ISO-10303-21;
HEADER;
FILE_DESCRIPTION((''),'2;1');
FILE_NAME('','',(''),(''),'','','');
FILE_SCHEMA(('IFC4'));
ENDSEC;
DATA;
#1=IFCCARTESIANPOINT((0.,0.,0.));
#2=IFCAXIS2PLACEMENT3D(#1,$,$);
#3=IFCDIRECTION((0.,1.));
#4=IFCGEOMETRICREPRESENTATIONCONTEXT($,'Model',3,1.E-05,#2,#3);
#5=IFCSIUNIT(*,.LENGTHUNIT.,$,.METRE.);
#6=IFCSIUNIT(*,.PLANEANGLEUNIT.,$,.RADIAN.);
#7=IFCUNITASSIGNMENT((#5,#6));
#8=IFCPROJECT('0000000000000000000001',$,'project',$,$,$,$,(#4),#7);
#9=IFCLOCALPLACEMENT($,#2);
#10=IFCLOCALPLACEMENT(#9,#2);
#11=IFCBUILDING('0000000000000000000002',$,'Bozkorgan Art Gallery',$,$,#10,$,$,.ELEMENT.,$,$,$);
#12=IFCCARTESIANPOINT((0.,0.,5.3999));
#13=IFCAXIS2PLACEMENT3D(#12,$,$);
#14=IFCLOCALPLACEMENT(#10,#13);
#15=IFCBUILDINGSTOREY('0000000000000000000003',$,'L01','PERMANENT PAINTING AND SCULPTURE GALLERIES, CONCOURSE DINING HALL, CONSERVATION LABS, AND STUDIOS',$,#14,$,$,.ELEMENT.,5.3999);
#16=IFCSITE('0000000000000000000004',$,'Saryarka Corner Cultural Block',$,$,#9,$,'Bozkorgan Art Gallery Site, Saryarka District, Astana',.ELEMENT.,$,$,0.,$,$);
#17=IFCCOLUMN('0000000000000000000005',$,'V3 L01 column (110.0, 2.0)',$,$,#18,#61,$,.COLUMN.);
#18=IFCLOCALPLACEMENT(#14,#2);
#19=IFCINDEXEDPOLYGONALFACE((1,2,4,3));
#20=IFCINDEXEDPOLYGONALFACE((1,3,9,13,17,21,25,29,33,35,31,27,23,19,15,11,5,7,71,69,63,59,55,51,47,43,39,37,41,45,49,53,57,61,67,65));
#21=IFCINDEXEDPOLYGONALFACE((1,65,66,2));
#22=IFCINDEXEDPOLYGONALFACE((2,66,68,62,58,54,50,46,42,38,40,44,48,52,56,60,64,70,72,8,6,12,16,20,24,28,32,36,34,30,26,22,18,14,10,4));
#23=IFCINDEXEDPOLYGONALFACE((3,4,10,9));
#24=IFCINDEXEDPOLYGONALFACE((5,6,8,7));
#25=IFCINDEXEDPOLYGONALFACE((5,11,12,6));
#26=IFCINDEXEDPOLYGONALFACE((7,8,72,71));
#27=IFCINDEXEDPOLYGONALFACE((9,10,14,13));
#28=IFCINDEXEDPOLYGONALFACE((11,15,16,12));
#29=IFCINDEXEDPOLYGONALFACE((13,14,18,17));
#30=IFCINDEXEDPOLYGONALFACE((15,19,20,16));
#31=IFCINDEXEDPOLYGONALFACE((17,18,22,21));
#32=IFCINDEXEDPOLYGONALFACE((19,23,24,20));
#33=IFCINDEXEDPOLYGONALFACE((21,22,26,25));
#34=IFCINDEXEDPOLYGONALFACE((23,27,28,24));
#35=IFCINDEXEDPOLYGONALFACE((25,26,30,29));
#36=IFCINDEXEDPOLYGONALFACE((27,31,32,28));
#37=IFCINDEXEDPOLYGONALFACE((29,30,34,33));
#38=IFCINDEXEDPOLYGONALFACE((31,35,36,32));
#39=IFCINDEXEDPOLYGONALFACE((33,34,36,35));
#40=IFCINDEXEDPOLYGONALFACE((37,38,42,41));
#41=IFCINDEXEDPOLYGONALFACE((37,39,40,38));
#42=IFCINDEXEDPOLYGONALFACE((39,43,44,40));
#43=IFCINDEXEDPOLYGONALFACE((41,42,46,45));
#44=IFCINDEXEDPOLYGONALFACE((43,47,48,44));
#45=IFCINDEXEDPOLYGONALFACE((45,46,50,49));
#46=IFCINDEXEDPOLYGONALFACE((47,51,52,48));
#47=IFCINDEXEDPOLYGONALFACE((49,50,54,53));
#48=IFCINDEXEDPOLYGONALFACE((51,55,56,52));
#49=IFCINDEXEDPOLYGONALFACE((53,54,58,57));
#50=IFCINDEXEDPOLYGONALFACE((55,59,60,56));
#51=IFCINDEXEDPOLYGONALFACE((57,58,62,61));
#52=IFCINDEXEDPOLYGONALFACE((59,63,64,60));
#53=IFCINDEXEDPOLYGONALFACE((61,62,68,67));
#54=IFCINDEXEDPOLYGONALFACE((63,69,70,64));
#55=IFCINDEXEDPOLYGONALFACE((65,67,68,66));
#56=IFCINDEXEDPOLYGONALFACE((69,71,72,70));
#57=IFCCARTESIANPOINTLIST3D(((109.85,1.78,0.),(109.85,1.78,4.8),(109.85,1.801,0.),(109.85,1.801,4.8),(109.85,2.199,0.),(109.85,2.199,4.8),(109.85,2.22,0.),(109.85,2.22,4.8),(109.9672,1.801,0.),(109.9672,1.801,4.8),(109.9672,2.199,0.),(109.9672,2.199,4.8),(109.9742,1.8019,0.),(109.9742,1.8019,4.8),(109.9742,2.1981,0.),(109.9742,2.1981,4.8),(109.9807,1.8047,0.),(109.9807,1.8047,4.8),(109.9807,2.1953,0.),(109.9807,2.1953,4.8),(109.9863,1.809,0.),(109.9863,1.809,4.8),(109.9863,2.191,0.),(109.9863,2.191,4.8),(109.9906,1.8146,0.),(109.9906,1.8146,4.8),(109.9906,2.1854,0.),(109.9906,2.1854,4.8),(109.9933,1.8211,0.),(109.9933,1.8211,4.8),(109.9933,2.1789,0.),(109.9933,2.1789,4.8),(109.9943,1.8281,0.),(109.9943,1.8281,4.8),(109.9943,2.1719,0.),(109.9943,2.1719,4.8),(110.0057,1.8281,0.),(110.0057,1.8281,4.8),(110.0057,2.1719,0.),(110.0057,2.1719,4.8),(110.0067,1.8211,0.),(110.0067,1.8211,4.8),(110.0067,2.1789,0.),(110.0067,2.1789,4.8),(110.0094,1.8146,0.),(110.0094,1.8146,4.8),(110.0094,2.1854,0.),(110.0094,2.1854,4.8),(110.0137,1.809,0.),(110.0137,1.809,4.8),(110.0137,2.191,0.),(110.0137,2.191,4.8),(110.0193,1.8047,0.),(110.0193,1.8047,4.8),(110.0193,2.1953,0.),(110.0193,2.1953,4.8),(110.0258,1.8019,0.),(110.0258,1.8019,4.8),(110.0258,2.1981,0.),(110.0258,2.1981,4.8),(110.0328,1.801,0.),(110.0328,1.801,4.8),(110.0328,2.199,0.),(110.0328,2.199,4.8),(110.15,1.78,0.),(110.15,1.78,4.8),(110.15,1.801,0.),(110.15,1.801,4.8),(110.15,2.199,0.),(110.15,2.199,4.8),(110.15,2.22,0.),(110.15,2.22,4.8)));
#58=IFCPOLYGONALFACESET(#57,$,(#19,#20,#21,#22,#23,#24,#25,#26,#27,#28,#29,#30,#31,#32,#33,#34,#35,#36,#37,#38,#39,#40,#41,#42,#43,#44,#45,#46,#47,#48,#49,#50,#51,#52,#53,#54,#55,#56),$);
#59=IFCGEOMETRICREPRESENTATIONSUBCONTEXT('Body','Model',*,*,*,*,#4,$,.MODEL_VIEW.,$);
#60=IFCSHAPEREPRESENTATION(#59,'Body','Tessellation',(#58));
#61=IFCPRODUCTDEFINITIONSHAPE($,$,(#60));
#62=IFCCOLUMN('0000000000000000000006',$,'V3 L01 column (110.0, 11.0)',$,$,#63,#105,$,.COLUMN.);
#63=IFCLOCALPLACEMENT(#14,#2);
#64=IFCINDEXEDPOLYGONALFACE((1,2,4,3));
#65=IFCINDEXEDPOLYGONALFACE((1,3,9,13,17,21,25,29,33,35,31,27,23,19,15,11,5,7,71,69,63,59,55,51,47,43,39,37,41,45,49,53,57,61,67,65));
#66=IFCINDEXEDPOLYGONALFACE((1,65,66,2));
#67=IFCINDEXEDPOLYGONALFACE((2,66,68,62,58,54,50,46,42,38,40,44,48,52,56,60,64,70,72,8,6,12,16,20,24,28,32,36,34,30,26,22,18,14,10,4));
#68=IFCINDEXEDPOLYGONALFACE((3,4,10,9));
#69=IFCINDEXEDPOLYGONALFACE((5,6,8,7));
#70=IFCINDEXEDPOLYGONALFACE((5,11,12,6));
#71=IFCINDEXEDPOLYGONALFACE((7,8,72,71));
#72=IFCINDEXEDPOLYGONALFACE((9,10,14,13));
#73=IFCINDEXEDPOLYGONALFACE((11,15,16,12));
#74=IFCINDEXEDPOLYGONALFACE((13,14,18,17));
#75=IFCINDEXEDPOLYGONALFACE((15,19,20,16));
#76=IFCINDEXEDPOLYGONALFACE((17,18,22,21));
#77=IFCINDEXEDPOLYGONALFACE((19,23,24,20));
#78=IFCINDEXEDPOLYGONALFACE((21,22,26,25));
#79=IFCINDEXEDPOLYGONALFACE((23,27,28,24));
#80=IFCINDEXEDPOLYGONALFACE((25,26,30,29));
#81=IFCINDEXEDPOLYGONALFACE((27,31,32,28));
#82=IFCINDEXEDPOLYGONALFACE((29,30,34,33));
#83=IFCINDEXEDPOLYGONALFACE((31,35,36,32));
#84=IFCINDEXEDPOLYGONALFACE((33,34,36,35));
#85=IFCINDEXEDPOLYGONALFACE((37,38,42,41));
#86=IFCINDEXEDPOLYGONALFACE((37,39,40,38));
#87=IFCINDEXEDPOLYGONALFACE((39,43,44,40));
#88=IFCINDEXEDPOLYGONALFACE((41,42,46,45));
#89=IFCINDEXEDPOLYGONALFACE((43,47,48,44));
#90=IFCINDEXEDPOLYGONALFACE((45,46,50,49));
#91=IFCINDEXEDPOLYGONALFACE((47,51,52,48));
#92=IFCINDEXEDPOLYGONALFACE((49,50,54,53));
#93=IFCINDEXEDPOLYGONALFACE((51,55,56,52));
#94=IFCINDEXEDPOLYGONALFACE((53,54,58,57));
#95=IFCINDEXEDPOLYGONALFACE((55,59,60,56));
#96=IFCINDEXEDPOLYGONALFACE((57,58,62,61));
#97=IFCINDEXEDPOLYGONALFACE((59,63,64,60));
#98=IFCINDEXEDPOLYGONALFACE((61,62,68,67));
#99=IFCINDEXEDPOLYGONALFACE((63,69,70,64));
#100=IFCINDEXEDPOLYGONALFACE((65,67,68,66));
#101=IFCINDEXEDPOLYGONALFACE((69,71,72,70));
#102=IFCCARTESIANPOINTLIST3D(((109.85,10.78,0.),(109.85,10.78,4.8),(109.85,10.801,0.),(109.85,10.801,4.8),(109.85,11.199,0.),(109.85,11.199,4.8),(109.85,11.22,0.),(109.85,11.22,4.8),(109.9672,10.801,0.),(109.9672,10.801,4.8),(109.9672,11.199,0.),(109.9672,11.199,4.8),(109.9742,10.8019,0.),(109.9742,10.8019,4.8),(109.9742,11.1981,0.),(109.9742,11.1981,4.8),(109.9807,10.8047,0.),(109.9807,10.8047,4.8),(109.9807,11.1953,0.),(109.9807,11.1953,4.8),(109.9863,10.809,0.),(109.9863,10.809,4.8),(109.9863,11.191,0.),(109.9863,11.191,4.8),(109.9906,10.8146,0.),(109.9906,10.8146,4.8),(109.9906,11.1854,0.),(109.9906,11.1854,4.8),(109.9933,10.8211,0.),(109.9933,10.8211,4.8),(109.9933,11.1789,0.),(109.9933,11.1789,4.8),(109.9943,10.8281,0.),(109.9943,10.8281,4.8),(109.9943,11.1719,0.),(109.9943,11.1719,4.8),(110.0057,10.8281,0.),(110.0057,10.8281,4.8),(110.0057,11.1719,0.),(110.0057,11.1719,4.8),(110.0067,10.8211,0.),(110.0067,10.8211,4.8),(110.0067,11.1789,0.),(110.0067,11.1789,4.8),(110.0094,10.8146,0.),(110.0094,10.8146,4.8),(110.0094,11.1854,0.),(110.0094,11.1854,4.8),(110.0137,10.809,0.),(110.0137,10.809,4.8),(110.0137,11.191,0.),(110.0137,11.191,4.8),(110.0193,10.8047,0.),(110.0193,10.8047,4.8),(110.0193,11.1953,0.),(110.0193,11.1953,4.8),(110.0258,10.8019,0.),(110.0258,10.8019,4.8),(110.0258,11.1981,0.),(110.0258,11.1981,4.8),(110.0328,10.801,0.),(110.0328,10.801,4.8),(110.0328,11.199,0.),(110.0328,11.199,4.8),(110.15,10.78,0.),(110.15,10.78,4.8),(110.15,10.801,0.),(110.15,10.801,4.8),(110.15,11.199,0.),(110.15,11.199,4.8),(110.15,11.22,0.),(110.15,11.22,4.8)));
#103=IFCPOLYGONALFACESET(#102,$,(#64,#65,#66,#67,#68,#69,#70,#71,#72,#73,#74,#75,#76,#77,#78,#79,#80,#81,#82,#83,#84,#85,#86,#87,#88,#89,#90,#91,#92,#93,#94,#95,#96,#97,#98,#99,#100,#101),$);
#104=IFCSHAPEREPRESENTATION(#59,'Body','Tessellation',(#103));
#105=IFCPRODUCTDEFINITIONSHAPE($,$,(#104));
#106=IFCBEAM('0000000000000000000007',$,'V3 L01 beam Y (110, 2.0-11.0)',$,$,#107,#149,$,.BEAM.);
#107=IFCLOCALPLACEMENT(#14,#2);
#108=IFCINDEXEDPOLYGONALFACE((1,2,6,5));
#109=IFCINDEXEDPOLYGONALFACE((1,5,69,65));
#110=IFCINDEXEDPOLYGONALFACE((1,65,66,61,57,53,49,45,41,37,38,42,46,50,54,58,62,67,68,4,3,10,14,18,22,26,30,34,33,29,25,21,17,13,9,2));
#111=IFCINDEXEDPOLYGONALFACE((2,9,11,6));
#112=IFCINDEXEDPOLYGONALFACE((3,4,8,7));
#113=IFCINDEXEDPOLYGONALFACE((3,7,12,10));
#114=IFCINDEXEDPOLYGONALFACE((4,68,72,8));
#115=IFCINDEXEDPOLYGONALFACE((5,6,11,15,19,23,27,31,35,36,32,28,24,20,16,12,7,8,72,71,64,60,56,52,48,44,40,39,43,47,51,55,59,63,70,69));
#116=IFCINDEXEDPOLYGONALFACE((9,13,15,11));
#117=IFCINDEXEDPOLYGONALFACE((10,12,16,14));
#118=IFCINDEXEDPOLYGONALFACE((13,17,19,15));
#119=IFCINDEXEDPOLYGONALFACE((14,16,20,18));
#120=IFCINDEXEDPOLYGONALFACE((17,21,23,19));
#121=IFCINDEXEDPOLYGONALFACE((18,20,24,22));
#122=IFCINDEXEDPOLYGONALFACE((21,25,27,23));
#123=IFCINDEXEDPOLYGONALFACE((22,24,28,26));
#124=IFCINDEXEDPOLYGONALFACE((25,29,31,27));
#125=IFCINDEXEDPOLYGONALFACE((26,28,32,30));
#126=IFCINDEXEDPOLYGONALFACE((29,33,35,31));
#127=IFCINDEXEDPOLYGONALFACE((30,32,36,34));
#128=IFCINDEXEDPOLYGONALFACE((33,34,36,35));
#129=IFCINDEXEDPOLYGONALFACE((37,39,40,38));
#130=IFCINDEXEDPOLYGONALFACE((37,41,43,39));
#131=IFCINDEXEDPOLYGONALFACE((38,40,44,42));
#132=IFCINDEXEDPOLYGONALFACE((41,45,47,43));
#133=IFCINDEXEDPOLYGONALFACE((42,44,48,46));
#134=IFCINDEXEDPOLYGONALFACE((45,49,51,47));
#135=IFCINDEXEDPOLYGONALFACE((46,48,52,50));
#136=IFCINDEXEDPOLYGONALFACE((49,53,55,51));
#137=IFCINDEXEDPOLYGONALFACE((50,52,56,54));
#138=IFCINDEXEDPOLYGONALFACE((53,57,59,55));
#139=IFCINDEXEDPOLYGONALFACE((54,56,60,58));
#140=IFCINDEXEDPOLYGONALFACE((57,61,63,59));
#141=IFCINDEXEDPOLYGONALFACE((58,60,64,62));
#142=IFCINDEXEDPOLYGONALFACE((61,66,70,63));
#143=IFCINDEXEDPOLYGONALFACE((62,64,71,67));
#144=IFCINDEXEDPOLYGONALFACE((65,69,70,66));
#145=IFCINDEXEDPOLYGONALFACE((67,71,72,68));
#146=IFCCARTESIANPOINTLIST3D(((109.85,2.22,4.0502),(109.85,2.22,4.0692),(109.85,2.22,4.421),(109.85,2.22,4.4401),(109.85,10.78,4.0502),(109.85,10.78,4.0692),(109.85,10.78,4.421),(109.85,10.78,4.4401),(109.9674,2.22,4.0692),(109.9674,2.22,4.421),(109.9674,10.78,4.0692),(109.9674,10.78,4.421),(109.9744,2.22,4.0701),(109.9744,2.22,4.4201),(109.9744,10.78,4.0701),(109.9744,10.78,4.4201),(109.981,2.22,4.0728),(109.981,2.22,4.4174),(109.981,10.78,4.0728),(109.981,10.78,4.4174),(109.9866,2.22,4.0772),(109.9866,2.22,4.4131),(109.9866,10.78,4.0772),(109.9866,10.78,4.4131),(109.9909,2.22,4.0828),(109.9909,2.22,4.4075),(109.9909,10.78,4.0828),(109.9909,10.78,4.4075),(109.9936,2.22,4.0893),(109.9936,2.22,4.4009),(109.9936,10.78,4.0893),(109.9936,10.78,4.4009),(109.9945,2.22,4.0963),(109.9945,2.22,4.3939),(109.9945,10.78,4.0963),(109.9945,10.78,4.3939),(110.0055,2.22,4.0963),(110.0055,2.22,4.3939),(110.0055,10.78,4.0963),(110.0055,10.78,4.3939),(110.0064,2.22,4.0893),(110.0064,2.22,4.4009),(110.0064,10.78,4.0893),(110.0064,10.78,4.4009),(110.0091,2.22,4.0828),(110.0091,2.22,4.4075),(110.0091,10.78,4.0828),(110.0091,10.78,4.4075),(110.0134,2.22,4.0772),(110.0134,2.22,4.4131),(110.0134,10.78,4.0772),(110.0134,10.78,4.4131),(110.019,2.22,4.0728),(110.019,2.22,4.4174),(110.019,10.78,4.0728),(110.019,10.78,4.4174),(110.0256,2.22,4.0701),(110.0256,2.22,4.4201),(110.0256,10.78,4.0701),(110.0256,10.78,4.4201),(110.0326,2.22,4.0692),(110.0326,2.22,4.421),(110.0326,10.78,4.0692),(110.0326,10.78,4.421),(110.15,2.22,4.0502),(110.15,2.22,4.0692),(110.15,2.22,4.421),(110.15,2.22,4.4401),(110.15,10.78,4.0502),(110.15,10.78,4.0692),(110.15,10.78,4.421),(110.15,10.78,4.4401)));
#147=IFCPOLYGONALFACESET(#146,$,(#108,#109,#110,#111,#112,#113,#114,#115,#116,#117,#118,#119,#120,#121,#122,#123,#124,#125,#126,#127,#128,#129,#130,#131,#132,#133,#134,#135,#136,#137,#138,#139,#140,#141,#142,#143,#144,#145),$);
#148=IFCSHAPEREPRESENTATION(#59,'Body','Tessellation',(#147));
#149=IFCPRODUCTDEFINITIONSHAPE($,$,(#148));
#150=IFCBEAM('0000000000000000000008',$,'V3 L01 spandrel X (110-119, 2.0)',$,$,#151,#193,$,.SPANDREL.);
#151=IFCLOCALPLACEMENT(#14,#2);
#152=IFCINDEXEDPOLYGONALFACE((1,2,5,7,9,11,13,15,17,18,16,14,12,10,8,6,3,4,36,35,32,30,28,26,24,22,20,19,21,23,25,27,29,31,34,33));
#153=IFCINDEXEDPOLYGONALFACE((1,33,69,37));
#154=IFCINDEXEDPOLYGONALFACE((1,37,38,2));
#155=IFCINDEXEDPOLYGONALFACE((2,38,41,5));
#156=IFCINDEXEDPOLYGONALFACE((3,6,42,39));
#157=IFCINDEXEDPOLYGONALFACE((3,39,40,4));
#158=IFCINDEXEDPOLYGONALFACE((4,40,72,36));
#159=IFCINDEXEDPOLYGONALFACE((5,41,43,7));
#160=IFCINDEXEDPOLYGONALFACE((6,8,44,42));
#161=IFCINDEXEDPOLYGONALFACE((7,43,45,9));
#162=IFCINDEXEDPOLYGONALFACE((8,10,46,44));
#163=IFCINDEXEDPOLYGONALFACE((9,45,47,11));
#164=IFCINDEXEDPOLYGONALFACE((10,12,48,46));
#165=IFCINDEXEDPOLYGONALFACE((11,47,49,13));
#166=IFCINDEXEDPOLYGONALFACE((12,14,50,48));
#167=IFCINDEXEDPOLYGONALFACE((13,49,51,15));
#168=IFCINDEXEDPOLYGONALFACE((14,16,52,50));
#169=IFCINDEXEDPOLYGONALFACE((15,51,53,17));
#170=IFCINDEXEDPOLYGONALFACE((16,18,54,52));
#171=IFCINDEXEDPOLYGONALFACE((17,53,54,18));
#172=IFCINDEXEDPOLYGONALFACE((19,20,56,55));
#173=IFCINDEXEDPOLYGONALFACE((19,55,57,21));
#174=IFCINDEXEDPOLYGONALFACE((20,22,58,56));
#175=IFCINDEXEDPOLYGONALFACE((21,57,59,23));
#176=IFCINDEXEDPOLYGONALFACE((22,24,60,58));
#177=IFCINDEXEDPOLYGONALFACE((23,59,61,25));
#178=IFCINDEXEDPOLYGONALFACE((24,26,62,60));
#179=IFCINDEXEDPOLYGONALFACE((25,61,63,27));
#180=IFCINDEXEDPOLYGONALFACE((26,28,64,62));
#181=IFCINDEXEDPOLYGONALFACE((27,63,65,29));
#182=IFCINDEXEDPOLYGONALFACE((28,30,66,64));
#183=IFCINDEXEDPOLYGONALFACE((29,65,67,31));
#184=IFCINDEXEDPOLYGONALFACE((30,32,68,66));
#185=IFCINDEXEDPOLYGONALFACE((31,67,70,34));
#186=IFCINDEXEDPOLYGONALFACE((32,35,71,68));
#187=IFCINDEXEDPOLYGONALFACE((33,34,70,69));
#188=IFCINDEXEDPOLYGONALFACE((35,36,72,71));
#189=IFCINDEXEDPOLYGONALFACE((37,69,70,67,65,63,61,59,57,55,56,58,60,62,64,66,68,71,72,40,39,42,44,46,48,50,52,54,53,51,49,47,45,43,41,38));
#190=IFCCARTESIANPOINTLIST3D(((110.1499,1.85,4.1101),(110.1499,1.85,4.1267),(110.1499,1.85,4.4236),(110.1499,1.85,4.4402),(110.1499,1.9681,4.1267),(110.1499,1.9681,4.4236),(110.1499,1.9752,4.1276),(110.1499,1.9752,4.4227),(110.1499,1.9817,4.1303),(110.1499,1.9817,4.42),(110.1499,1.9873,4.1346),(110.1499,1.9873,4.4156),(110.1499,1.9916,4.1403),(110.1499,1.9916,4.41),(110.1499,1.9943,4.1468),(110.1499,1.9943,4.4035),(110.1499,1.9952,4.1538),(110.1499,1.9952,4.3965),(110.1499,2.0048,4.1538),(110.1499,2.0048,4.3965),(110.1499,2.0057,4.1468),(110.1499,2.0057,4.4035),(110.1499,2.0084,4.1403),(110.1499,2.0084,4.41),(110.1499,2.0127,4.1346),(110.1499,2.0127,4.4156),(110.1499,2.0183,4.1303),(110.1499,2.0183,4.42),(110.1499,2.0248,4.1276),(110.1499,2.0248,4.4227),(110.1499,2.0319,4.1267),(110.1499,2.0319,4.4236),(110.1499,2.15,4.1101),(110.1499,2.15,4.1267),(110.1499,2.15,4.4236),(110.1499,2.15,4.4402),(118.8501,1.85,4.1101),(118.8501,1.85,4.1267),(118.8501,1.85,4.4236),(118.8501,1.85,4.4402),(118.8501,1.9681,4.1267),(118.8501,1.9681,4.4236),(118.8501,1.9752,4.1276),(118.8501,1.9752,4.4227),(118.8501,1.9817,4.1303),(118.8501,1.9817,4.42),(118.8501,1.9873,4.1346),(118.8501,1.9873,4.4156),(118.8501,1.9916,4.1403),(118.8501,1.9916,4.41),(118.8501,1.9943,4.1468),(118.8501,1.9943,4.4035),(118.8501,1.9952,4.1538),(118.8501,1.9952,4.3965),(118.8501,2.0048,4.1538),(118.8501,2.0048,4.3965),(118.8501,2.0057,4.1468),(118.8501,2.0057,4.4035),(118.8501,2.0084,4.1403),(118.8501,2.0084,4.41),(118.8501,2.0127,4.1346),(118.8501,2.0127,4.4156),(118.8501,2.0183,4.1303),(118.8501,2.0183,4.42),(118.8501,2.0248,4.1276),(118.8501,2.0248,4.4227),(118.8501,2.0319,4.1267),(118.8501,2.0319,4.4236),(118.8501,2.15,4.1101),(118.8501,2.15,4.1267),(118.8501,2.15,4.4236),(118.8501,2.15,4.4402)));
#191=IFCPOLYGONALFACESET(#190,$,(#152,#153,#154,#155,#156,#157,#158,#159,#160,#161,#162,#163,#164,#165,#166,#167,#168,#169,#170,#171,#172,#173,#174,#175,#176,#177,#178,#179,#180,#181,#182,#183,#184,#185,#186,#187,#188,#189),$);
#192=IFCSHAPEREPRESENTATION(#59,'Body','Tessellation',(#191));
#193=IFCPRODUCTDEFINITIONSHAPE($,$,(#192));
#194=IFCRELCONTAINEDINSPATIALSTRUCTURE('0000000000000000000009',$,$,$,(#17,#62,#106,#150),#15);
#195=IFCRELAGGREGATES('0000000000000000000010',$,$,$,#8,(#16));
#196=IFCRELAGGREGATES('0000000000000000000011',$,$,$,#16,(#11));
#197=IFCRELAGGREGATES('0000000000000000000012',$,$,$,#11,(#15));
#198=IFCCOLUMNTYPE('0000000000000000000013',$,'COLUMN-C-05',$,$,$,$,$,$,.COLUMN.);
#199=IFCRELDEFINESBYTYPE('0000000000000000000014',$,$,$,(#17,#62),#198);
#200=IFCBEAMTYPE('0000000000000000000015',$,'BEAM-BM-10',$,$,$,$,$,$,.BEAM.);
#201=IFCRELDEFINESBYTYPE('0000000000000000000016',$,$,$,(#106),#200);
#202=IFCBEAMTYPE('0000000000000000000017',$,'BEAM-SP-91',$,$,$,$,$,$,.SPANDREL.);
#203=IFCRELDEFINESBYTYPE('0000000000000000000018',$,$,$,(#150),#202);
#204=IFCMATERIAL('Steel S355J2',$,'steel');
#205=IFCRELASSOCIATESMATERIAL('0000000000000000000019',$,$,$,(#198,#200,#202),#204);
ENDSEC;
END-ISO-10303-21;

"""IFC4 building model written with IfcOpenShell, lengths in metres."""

from ifc_helpers import new_model, si_unit, direction, frame, origin, origin_2d, place, context, subcontext, project, spatial, i_section, extrude, material, material_profile, profile_set, type_object, element, save


model = new_model("IFC4")

# Units and contexts
model_context = context("Model", 3, precision=1e-05, world=origin(), true_north=direction((0.0, 1.0)))
body_context = subcontext(model_context, "Body", "Model", "MODEL_VIEW")
ifc_project = project(units=[si_unit("LENGTHUNIT", "METRE"), si_unit("PLANEANGLEUNIT", "RADIAN")], contexts=[model_context])

# Site, building, storey
site_placement = place(None, origin())
site = spatial("IfcSite", under=ifc_project, at=site_placement, Name="Saryarka Corner Cultural Block", LongName="Bozkorgan Art Gallery Site, Saryarka District, Astana", CompositionType="ELEMENT", RefElevation=0.0)
building_placement = place(site_placement, origin())
building = spatial("IfcBuilding", under=site, at=building_placement, Name="Bozkorgan Art Gallery", CompositionType="ELEMENT")
storey_placement = place(building_placement, frame((0.0, 0.0, 5.3999)))
storey = spatial("IfcBuildingStorey", under=building, at=storey_placement, Name="L01", Description="PERMANENT PAINTING AND SCULPTURE GALLERIES, CONCOURSE DINING HALL, CONSERVATION LABS, AND STUDIOS", CompositionType="ELEMENT", Elevation=5.3999)

# Columns
ifc_material_1 = material(Name="Steel S355J2", Category="steel")
ifc_material_profile_1 = material_profile(ifc_material_1, i_section(OverallWidth=0.3, OverallDepth=0.4399, WebThickness=0.0115, FlangeThickness=0.021, FilletRadius=0.0271, at=origin_2d()), Name="HEA 450")
ifc_profile_set_1 = profile_set([ifc_material_profile_1], Name="Steel S355J2")
column_type = type_object("IfcColumnType", Name="COLUMN-C-05", PredefinedType="COLUMN", material=ifc_profile_set_1)
for number, where, z_axis, x_axis, name in (
    (1, (110.0, 2.0, 0.0), (0.0, 0.0, 1.0), (1.0, 0.0, 0.0), "V3 L01 column (110.0, 2.0)"),
    (2, (110.0, 11.0, 0.0), (0.0, 0.0, 1.0), (1.0, 0.0, 0.0), "V3 L01 column (110.0, 11.0)"),
):
    element("IfcColumn", number, at=place(storey_placement, frame(where, z_axis=z_axis, x_axis=x_axis)), inside=storey, type_object=column_type, Name=name, PredefinedType="COLUMN", context=body_context, shape_type="SweptSolid", body=[
        extrude(i_section(OverallWidth=0.3, OverallDepth=0.4399, WebThickness=0.0115, FlangeThickness=0.021, FilletRadius=0.0271, at=origin_2d()), origin(), (0.0, 0.0, 1.0), 4.8),
    ])

# Beams
ifc_material_profile_2 = material_profile(ifc_material_1, i_section(OverallWidth=0.3, OverallDepth=0.3899, WebThickness=0.011, FlangeThickness=0.019, FilletRadius=0.0271, at=origin_2d()), Name="HEA 400")
ifc_profile_set_2 = profile_set([ifc_material_profile_2], Name="Steel S355J2")
beam_type_1 = type_object("IfcBeamType", Name="BEAM-BM-10", PredefinedType="BEAM", material=ifc_profile_set_2)
beam_placement = place(storey_placement, frame((110.0, 2.22, 4.2451), z_axis=(0.0, 1.0, 0.0), x_axis=(-1.0, 0.0, 0.0)))
element("IfcBeam", 3, at=beam_placement, inside=storey, type_object=beam_type_1, Name="V3 L01 beam Y (110, 2.0-11.0)", PredefinedType="BEAM", context=body_context, shape_type="SweptSolid", body=[
    extrude(i_section(OverallWidth=0.3, OverallDepth=0.3899, WebThickness=0.011, FlangeThickness=0.019, FilletRadius=0.0271, at=origin_2d()), origin(), (0.0, 0.0, 1.0), 8.5601),
])
ifc_material_profile_3 = material_profile(ifc_material_1, i_section(OverallWidth=0.3, OverallDepth=0.3301, WebThickness=0.0095, FlangeThickness=0.0166, FilletRadius=0.0271, at=origin_2d()), Name="HEA 340")
ifc_profile_set_3 = profile_set([ifc_material_profile_3], Name="Steel S355J2")
beam_type_2 = type_object("IfcBeamType", Name="BEAM-SP-91", PredefinedType="SPANDREL", material=ifc_profile_set_3)
for number, where, z_axis, x_axis, name in (
    (4, (110.1499, 2.0, 4.2751), (1.0, 0.0, 0.0), (0.0, 1.0, 0.0), "V3 L01 spandrel X (110-119, 2.0)"),
):
    element("IfcBeam", number, at=place(storey_placement, frame(where, z_axis=z_axis, x_axis=x_axis)), inside=storey, type_object=beam_type_2, Name=name, PredefinedType="SPANDREL", context=body_context, shape_type="SweptSolid", body=[
        extrude(i_section(OverallWidth=0.3, OverallDepth=0.3301, WebThickness=0.0095, FlangeThickness=0.0166, FilletRadius=0.0271, at=origin_2d()), origin(), (0.0, 0.0, 1.0), 8.7002),
    ])

save(model, "model.ifc")
